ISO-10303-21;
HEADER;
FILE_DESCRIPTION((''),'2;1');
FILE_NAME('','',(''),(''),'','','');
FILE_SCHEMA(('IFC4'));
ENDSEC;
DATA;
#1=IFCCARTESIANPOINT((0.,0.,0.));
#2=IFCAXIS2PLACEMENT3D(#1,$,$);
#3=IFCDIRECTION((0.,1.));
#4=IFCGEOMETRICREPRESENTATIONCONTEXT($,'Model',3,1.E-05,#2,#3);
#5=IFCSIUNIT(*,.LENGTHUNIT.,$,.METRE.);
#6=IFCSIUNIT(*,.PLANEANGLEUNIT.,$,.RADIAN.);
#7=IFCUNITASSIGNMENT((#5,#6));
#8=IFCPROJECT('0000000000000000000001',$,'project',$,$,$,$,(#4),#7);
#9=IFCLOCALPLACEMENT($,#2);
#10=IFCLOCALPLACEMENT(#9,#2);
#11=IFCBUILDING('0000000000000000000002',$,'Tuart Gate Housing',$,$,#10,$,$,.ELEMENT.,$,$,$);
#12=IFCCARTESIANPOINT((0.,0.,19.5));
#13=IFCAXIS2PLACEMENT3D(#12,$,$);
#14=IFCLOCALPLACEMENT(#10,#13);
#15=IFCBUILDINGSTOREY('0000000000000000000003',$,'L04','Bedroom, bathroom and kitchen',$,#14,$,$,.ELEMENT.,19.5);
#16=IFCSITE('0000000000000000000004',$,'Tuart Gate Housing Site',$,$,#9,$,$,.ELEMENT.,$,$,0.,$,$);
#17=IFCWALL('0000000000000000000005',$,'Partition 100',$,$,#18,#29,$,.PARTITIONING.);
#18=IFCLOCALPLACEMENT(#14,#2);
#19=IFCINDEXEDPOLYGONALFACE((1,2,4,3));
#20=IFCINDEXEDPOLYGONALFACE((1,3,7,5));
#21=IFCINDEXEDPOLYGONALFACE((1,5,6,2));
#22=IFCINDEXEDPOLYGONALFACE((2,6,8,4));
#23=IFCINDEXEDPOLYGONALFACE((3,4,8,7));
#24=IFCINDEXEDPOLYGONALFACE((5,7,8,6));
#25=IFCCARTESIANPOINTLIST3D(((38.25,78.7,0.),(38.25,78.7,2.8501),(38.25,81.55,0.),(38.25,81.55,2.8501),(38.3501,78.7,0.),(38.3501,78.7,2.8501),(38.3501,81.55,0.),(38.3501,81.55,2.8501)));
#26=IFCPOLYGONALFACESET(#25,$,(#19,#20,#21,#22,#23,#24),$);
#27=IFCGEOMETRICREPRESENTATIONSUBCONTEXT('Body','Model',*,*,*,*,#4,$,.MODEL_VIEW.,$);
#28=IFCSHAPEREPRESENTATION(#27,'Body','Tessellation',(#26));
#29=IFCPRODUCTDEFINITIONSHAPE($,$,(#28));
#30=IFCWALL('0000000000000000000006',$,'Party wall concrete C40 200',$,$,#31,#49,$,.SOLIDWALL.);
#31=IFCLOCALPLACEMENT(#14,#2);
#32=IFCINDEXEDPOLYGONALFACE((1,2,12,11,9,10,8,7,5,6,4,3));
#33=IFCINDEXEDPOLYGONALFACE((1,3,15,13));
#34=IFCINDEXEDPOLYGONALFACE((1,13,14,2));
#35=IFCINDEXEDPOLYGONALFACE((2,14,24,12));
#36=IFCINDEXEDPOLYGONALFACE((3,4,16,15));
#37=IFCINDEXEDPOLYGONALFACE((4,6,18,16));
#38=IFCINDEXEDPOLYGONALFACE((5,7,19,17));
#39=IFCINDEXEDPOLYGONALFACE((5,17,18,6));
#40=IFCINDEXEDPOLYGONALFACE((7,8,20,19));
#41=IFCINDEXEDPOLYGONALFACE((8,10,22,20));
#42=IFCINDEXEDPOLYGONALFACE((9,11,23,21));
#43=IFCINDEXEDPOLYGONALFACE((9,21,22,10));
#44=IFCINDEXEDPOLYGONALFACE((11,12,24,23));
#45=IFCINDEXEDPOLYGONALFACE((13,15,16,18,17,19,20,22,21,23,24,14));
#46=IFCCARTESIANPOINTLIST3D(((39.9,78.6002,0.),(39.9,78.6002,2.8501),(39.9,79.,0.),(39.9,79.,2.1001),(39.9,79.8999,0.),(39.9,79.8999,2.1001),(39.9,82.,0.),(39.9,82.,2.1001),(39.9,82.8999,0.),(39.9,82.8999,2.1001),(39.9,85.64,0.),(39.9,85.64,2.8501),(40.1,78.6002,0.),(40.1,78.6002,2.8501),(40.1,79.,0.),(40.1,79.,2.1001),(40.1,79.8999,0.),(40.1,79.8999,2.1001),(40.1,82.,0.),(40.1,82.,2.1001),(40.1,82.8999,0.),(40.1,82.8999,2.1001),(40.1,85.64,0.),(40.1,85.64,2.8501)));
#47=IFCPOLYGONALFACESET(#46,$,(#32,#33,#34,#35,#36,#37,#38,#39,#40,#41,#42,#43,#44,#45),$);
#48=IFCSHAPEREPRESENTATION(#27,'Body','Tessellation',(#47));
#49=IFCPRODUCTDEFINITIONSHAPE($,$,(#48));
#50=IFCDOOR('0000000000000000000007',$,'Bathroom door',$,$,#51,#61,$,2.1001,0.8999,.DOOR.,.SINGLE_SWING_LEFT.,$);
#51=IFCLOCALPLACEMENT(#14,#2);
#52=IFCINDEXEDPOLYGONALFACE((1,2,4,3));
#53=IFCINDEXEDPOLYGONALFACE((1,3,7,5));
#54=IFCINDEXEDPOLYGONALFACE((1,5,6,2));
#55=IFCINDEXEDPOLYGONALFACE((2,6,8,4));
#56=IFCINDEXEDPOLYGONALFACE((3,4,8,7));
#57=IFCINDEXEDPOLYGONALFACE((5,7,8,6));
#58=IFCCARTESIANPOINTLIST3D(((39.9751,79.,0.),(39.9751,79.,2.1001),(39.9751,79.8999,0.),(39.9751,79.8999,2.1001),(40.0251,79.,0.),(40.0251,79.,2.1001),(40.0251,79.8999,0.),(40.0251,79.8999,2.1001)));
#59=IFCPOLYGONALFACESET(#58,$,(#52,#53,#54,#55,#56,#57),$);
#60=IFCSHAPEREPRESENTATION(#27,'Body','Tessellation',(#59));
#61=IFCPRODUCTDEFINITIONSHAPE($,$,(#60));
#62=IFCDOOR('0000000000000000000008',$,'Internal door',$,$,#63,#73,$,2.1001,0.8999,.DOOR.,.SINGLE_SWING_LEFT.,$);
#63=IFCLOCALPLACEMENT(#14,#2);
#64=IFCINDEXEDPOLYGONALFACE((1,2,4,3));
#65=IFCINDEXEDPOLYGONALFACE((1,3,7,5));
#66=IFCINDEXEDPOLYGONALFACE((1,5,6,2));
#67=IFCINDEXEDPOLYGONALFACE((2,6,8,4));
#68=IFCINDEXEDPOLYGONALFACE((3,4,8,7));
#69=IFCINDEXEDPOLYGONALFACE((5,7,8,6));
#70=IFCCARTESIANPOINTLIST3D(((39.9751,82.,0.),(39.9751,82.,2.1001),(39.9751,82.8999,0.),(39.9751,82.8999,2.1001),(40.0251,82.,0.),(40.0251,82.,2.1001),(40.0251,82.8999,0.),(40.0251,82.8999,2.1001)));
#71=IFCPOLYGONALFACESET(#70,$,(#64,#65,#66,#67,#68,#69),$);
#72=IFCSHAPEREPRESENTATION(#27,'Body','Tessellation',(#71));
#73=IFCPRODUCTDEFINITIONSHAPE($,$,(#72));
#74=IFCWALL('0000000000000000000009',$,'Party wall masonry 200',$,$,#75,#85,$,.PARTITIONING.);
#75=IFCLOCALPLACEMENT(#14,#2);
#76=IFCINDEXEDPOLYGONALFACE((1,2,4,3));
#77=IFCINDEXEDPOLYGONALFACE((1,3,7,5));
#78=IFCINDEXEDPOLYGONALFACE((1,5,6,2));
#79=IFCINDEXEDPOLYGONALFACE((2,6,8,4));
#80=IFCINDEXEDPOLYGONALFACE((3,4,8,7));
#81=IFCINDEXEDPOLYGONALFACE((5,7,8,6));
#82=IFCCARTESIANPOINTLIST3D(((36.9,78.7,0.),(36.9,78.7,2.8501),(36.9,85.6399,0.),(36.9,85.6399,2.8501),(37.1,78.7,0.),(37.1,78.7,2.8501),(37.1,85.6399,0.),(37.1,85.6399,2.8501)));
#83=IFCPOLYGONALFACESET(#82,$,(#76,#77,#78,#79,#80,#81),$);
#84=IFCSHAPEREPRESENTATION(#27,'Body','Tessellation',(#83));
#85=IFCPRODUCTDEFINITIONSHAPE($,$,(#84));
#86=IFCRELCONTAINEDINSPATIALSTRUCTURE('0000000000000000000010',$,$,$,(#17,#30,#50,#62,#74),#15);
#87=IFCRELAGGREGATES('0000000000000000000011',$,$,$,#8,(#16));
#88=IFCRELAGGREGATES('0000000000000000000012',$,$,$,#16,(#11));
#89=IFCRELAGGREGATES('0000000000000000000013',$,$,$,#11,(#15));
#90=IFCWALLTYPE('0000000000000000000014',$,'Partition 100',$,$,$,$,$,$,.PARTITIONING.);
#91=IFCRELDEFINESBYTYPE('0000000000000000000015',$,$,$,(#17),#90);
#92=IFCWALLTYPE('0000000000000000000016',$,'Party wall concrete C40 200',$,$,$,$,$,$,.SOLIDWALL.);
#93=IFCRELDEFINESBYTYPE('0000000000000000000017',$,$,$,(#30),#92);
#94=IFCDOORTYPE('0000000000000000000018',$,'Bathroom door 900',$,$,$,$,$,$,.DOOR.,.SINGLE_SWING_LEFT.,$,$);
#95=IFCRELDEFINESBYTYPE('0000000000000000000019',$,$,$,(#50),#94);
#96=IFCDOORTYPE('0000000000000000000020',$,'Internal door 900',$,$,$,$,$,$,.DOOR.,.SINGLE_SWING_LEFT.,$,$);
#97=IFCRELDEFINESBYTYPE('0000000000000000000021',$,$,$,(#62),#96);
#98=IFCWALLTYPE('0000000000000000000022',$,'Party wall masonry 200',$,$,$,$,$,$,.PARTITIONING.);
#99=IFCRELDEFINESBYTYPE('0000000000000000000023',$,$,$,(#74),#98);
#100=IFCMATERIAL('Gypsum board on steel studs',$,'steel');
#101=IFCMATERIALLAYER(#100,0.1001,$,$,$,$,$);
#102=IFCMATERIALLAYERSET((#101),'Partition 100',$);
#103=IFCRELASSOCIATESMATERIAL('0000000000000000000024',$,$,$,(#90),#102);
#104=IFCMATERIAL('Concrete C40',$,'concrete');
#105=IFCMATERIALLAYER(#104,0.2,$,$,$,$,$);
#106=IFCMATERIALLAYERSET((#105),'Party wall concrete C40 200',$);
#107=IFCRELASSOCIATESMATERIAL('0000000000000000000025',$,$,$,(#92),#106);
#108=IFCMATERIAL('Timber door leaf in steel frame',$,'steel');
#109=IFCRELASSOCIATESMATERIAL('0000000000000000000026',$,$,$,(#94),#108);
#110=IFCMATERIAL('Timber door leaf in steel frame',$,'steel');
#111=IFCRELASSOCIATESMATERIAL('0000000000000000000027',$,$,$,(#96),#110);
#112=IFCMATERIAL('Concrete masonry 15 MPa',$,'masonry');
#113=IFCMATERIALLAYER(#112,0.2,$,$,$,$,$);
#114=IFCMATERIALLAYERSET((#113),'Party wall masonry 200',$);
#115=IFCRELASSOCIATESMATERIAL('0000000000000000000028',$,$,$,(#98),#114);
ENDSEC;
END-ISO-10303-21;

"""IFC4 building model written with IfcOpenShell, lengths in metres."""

from ifc_helpers import new_model, si_unit, direction, frame, frame_2d, origin, place, context, subcontext, project, spatial, rectangle, extrude, material, layer, layer_set, type_object, element, fill, save


model = new_model("IFC4")

# Units and contexts
model_context = context("Model", 3, precision=1e-05, world=origin(), true_north=direction((0.0, 1.0)))
body_context = subcontext(model_context, "Body", "Model", "MODEL_VIEW")
ifc_project = project(units=[si_unit("LENGTHUNIT", "METRE"), si_unit("PLANEANGLEUNIT", "RADIAN")], contexts=[model_context])

# Site, building, storey
site_placement = place(None, origin())
site = spatial("IfcSite", under=ifc_project, at=site_placement, Name="Tuart Gate Housing Site", CompositionType="ELEMENT", RefElevation=0.0)
building_placement = place(site_placement, origin())
building = spatial("IfcBuilding", under=site, at=building_placement, Name="Tuart Gate Housing", CompositionType="ELEMENT")
storey_placement = place(building_placement, frame((0.0, 0.0, 19.5)))
storey = spatial("IfcBuildingStorey", under=building, at=storey_placement, Name="L04", Description="Bedroom, bathroom and kitchen", CompositionType="ELEMENT", Elevation=19.5)

# Wall
ifc_material_1 = material(Name="Gypsum board on steel studs", Category="steel")
ifc_layer_1 = layer(ifc_material_1, 0.1001)
ifc_layer_set_1 = layer_set([ifc_layer_1], Name="Partition 100")
wall_type_1 = type_object("IfcWallType", Name="Partition 100", PredefinedType="PARTITIONING", material=ifc_layer_set_1)
wall_1_placement = place(storey_placement, frame((38.3, 78.7, 0.0), z_axis=(0.0, 0.0, 1.0), x_axis=(0.0, 1.0, 0.0)))
element("IfcWall", 1, at=wall_1_placement, inside=storey, type_object=wall_type_1, Name="Partition 100", PredefinedType="PARTITIONING", context=body_context, shape_type="SweptSolid", body=[
    extrude(rectangle(XDim=2.8501, YDim=0.1001, at=frame_2d((1.425, 0.0))), origin(), (0.0, 0.0, 1.0), 2.8501),
])

# Wall, openings, doors
ifc_material_2 = material(Name="Concrete C40", Category="concrete")
ifc_layer_2 = layer(ifc_material_2, 0.2)
ifc_layer_set_2 = layer_set([ifc_layer_2], Name="Party wall concrete C40 200")
wall_type_2 = type_object("IfcWallType", Name="Party wall concrete C40 200", PredefinedType="SOLIDWALL", material=ifc_layer_set_2)
wall_2_placement = place(storey_placement, frame((40.0, 78.6001, 0.0), z_axis=(0.0, 0.0, 1.0), x_axis=(0.0, 1.0, 0.0)))
wall_2 = element("IfcWall", 2, at=wall_2_placement, inside=storey, type_object=wall_type_2, Name="Party wall concrete C40 200", PredefinedType="SOLIDWALL", context=body_context, shape_type="SweptSolid", body=[
    extrude(rectangle(XDim=7.0398, YDim=0.2, at=frame_2d((3.52, 0.0))), origin(), (0.0, 0.0, 1.0), 2.8501),
])
opening_1_placement = place(wall_2_placement, frame((3.3999, 0.0, 0.0)))
opening_1 = element("IfcOpeningElement", 3, at=opening_1_placement, cuts=wall_2, PredefinedType="OPENING", context=body_context, shape_type="SweptSolid", body=[
    extrude(rectangle(XDim=0.8999, YDim=2.1001, at=frame_2d((0.45, 1.05))), frame((0.0, 0.1099, 0.0), z_axis=(0.0, -1.0, 0.0), x_axis=(1.0, 0.0, 0.0)), (0.0, 0.0, 1.0), 0.22),
])
opening_2_placement = place(wall_2_placement, frame((0.3999, 0.0, 0.0)))
opening_2 = element("IfcOpeningElement", 4, at=opening_2_placement, cuts=wall_2, PredefinedType="OPENING", context=body_context, shape_type="SweptSolid", body=[
    extrude(rectangle(XDim=0.8999, YDim=2.1001, at=frame_2d((0.45, 1.05))), frame((0.0, 0.1099, 0.0), z_axis=(0.0, -1.0, 0.0), x_axis=(1.0, 0.0, 0.0)), (0.0, 0.0, 1.0), 0.22),
])
ifc_material_3 = material(Name="Timber door leaf in steel frame", Category="steel")
door_type_1 = type_object("IfcDoorType", Name="Bathroom door 900", OperationType="SINGLE_SWING_LEFT", PredefinedType="DOOR", material=ifc_material_3)
door_1_placement = place(opening_2_placement, origin())
door_1 = element("IfcDoor", 5, at=door_1_placement, inside=storey, type_object=door_type_1, Name="Bathroom door", OperationType="SINGLE_SWING_LEFT", OverallHeight=2.1001, OverallWidth=0.8999, PredefinedType="DOOR", context=body_context, shape_type="SweptSolid", body=[
    extrude(rectangle(XDim=0.8999, YDim=2.1001, at=frame_2d((0.45, 1.05))), frame((0.0, 0.0249, 0.0), z_axis=(0.0, -1.0, 0.0), x_axis=(1.0, 0.0, 0.0)), (0.0, 0.0, 1.0), 0.05),
])
fill(opening_2, door_1)
ifc_material_4 = material(Name="Timber door leaf in steel frame", Category="steel")
door_type_2 = type_object("IfcDoorType", Name="Internal door 900", OperationType="SINGLE_SWING_LEFT", PredefinedType="DOOR", material=ifc_material_4)
door_2_placement = place(opening_1_placement, origin())
door_2 = element("IfcDoor", 6, at=door_2_placement, inside=storey, type_object=door_type_2, Name="Internal door", OperationType="SINGLE_SWING_LEFT", OverallHeight=2.1001, OverallWidth=0.8999, PredefinedType="DOOR", context=body_context, shape_type="SweptSolid", body=[
    extrude(rectangle(XDim=0.8999, YDim=2.1001, at=frame_2d((0.45, 1.05))), frame((0.0, 0.0249, 0.0), z_axis=(0.0, -1.0, 0.0), x_axis=(1.0, 0.0, 0.0)), (0.0, 0.0, 1.0), 0.05),
])
fill(opening_1, door_2)

# Wall
ifc_material_5 = material(Name="Concrete masonry 15 MPa", Category="masonry")
ifc_layer_3 = layer(ifc_material_5, 0.2)
ifc_layer_set_3 = layer_set([ifc_layer_3], Name="Party wall masonry 200")
wall_type_3 = type_object("IfcWallType", Name="Party wall masonry 200", PredefinedType="PARTITIONING", material=ifc_layer_set_3)
wall_3_placement = place(storey_placement, frame((37.0, 78.7, 0.0), z_axis=(0.0, 0.0, 1.0), x_axis=(0.0, 1.0, 0.0)))
element("IfcWall", 7, at=wall_3_placement, inside=storey, type_object=wall_type_3, Name="Party wall masonry 200", PredefinedType="PARTITIONING", context=body_context, shape_type="SweptSolid", body=[
    extrude(rectangle(XDim=6.9399, YDim=0.2, at=frame_2d((3.47, 0.0))), origin(), (0.0, 0.0, 1.0), 2.8501),
])

save(model, "model.ifc")
